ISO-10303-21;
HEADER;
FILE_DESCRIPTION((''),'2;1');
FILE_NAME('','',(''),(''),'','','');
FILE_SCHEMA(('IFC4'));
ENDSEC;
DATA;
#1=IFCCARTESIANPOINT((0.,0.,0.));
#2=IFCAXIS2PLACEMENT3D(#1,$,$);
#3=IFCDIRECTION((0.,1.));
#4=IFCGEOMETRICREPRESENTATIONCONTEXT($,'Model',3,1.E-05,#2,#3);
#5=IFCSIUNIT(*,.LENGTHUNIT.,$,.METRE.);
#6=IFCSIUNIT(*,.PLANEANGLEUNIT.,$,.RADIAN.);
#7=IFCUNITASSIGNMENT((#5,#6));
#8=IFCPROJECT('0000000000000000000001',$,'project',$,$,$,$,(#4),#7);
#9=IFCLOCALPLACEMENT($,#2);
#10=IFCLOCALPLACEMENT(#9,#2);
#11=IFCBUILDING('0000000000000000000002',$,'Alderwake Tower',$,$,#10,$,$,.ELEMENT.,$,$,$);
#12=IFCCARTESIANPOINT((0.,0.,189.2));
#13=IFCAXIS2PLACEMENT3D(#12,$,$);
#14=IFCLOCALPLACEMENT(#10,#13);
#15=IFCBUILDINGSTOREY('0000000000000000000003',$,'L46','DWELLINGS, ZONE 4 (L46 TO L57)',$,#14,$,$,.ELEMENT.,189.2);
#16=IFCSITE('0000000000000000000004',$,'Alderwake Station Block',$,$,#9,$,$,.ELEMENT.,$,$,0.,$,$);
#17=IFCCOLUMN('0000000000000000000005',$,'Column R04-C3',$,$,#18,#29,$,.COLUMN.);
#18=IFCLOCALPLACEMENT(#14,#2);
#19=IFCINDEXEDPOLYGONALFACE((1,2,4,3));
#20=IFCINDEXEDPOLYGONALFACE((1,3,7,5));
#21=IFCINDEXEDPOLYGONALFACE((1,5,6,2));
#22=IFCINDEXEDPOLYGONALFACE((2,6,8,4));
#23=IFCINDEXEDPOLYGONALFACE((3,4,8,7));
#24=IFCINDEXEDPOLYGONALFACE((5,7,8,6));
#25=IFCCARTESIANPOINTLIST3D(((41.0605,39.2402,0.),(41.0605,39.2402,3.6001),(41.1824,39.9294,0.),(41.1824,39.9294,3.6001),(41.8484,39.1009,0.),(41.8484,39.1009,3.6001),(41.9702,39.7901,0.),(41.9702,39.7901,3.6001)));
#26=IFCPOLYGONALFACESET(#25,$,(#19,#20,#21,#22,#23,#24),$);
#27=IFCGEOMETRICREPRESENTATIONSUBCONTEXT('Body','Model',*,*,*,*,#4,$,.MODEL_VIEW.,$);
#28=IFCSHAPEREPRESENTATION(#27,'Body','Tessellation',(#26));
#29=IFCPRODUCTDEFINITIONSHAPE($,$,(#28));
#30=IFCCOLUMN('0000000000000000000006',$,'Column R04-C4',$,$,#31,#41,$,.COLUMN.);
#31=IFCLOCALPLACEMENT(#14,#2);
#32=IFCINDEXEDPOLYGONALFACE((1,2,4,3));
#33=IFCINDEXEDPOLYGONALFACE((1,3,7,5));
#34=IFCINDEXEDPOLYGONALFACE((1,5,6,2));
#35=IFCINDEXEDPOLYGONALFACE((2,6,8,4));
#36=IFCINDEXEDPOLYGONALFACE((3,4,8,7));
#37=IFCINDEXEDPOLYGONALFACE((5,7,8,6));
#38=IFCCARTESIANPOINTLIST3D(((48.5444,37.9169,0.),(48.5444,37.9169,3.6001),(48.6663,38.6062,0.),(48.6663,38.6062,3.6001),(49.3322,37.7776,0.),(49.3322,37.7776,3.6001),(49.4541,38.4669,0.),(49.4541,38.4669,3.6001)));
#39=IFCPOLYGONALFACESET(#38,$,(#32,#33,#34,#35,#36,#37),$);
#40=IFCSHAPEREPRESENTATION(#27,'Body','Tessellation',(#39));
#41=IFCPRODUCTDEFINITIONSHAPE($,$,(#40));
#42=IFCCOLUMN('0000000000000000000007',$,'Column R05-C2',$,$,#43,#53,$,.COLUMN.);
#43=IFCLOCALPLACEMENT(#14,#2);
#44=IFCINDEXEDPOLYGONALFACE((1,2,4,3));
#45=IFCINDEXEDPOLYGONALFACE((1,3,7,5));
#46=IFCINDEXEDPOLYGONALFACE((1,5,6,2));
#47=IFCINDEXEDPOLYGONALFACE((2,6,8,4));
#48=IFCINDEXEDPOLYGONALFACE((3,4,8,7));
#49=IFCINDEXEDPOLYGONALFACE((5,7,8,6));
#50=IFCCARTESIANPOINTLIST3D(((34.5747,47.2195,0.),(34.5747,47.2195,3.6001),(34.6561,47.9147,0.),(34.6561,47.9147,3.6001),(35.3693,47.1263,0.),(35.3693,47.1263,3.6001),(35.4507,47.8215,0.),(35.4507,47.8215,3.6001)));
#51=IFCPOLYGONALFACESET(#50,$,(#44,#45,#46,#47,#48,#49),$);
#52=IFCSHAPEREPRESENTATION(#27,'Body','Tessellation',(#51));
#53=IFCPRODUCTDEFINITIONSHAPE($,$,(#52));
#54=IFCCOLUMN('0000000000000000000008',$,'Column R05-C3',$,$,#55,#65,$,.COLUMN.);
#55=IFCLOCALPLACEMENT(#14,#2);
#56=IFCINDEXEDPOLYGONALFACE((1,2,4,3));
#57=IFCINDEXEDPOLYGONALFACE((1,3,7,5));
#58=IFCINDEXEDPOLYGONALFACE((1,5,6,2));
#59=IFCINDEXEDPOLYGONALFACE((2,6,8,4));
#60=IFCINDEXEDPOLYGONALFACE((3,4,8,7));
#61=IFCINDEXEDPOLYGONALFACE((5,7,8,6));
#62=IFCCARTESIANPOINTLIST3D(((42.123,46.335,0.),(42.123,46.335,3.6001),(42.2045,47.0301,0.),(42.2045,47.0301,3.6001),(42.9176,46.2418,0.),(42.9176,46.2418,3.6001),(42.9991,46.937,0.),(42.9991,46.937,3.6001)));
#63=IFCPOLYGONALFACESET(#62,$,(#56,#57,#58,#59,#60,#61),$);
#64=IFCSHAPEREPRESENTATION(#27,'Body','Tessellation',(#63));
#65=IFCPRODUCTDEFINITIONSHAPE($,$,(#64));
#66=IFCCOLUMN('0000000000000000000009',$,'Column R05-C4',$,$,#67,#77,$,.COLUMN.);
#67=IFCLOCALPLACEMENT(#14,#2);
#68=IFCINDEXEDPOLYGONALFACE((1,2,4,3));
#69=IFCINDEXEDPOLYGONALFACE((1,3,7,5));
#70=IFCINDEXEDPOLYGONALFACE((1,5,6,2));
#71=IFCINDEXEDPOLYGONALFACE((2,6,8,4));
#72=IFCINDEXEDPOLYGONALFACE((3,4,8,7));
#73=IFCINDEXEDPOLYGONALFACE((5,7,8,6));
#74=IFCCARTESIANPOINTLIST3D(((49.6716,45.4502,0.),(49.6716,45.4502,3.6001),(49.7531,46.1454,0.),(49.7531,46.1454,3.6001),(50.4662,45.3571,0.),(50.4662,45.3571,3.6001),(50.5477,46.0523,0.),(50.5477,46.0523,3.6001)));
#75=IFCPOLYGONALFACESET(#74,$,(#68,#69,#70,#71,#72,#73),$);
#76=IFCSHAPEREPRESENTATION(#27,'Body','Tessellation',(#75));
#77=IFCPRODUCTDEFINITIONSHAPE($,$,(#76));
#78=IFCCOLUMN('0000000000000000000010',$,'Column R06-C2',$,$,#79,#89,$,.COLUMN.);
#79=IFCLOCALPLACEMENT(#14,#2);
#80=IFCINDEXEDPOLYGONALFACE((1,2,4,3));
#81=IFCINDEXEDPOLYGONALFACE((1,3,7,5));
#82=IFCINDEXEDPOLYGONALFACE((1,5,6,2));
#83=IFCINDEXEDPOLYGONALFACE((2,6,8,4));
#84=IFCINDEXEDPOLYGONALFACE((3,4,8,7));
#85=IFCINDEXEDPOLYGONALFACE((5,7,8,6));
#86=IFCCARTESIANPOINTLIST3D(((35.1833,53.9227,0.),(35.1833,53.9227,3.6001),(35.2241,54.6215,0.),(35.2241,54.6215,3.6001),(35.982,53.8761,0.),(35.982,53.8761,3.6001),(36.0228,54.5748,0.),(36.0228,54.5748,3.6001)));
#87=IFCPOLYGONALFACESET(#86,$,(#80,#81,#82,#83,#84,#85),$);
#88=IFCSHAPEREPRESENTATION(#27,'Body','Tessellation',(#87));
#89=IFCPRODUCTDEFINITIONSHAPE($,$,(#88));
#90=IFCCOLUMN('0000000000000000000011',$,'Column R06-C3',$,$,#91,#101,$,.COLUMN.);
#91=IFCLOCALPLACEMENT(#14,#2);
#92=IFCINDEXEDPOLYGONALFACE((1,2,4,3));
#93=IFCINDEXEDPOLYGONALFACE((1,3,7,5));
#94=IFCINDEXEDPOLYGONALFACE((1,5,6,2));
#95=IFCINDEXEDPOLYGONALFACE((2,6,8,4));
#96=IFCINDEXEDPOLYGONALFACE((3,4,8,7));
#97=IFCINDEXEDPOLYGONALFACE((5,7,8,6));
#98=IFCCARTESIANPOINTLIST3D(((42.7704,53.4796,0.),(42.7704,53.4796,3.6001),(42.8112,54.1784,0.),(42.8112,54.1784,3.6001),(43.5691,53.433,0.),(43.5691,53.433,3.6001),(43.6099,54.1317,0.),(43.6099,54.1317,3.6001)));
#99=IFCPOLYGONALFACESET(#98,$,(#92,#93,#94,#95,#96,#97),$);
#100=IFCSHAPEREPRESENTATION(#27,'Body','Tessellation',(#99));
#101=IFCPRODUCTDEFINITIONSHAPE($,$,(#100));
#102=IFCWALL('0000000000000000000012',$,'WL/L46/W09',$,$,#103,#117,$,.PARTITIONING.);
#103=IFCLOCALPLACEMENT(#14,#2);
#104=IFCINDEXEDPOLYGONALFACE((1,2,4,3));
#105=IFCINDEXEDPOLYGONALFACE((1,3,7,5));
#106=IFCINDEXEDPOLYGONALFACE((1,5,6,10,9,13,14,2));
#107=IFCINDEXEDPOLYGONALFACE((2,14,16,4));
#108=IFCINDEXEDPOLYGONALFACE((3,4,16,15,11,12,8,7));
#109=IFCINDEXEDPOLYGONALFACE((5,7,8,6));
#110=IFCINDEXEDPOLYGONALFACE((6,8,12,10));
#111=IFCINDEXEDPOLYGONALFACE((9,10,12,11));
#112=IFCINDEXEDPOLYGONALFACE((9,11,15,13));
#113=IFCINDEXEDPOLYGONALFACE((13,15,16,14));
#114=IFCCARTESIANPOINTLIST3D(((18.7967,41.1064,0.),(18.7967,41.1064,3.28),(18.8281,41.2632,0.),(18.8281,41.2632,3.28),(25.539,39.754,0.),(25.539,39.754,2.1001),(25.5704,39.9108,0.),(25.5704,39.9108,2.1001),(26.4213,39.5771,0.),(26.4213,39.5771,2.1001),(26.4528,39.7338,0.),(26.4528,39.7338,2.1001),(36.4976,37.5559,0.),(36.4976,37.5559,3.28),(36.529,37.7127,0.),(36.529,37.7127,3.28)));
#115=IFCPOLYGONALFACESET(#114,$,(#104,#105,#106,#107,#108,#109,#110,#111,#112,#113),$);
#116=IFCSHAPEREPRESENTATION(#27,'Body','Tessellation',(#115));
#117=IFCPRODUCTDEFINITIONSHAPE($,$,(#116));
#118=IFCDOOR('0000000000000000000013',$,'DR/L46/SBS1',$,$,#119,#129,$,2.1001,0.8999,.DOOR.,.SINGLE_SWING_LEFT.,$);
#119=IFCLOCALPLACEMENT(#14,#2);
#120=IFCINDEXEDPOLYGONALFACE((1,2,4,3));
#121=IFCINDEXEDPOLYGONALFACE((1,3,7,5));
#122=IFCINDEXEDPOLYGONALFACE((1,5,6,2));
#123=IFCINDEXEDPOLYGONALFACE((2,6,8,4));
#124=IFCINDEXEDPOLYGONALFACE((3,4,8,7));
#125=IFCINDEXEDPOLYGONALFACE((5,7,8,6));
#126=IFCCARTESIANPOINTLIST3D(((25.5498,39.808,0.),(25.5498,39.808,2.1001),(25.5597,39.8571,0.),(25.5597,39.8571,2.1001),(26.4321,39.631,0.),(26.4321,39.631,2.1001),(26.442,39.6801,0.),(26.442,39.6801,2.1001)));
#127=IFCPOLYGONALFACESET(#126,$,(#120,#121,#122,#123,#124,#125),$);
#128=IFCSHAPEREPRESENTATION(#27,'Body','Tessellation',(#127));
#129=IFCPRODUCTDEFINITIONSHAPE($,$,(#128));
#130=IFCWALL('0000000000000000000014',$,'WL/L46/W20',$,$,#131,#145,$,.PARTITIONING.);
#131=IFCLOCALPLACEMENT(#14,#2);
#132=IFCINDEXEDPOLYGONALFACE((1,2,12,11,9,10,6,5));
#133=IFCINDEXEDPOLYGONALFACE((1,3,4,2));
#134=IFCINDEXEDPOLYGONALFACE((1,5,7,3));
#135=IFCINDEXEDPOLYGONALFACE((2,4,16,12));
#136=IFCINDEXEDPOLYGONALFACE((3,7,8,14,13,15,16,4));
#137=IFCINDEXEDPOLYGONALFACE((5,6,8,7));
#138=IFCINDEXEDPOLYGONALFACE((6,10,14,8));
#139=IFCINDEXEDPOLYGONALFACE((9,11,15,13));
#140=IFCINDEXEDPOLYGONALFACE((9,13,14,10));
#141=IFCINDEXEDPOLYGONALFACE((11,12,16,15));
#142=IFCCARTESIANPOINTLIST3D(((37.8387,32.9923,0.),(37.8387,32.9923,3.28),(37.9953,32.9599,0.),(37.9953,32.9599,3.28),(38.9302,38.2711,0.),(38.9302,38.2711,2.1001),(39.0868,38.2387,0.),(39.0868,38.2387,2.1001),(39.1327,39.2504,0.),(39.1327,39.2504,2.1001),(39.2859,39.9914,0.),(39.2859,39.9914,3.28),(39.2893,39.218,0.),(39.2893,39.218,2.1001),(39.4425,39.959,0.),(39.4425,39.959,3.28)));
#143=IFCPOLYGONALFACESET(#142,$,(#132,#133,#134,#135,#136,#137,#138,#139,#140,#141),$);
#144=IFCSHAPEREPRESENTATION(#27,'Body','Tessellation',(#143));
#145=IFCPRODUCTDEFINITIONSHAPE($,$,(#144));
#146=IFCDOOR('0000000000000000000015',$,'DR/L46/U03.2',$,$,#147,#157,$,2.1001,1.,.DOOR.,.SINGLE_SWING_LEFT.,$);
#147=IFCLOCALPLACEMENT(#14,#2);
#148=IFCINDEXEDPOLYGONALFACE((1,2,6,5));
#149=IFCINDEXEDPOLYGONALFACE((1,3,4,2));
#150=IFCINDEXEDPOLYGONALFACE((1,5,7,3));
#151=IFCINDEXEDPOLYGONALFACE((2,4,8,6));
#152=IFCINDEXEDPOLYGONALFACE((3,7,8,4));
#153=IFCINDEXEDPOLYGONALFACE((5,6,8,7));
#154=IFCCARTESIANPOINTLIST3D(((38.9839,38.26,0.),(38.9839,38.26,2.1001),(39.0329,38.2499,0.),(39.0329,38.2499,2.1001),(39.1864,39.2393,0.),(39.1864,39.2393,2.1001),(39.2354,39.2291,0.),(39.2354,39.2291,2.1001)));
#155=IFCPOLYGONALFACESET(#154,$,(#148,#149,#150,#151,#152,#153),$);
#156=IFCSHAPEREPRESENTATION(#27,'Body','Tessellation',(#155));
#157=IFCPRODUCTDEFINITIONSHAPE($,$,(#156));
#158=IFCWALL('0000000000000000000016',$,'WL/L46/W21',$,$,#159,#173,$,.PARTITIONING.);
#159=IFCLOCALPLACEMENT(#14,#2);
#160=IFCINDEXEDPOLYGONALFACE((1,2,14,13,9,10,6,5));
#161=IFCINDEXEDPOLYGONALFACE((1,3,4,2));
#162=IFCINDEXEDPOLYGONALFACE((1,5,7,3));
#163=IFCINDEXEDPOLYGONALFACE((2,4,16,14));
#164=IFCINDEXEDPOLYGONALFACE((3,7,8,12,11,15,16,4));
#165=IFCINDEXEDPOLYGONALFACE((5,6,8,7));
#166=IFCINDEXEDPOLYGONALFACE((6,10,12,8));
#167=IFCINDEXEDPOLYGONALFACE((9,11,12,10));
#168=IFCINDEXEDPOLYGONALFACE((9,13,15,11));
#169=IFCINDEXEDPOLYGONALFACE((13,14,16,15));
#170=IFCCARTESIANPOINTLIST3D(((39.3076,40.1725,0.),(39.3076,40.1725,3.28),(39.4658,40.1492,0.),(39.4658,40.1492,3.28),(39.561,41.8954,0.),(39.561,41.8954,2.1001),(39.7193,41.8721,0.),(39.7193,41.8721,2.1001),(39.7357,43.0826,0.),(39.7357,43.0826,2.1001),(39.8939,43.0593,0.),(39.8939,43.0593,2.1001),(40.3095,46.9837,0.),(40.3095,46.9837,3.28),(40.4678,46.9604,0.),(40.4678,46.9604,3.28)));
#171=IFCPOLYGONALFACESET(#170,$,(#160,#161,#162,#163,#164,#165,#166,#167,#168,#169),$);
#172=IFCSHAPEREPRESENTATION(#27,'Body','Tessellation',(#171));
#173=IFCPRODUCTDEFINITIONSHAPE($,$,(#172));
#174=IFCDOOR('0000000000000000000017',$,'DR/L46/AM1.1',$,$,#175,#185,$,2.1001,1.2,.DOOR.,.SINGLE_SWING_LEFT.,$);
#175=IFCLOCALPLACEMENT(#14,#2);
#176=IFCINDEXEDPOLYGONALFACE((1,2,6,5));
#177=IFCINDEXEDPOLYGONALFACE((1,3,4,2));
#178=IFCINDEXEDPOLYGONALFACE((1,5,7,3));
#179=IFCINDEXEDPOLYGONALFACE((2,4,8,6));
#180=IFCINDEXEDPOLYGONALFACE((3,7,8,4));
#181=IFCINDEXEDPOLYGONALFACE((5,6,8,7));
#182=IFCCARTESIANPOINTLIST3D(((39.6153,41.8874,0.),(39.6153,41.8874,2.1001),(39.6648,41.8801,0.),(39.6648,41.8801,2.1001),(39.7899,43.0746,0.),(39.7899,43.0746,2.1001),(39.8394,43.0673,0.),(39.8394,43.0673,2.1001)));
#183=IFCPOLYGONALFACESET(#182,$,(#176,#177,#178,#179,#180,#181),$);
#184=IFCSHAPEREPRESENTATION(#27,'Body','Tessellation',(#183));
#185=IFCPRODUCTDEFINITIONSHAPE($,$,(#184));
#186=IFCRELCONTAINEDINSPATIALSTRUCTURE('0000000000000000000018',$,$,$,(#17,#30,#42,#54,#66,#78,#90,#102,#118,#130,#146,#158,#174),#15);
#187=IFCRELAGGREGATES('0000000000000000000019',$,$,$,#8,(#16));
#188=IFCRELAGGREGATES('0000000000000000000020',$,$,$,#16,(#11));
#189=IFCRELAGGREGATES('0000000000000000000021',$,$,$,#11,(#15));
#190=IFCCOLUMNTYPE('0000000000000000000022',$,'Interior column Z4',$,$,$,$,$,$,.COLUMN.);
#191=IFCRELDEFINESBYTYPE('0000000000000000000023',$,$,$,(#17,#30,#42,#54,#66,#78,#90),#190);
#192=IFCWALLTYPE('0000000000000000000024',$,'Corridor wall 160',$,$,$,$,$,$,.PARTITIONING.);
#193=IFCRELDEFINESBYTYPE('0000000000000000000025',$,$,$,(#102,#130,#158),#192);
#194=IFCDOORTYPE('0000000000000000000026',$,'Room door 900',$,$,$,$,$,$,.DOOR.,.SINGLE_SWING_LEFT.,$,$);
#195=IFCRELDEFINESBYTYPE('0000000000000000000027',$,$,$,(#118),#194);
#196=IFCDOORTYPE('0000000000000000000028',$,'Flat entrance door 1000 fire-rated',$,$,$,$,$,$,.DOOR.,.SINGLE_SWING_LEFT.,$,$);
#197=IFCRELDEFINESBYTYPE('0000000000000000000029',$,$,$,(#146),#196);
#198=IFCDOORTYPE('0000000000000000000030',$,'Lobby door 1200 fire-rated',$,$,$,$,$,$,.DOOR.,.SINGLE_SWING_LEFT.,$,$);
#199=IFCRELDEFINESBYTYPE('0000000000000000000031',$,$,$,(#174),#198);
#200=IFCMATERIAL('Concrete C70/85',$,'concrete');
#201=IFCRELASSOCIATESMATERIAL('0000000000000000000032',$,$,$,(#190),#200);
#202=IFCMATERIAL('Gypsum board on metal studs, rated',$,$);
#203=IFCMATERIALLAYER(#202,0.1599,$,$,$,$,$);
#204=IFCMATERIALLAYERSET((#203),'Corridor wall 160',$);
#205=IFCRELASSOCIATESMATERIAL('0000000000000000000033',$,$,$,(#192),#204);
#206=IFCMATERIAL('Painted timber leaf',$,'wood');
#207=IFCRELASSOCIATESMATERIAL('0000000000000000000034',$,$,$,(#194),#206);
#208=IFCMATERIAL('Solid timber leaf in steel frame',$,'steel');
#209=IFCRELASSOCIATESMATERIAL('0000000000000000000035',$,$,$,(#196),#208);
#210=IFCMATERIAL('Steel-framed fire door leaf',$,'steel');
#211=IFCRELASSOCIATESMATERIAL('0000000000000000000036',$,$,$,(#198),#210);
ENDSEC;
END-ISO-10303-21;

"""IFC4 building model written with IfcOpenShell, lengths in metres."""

from ifc_helpers import new_model, si_unit, direction, frame, frame_2d, origin, origin_2d, place, context, subcontext, project, spatial, rectangle, extrude, material, layer, layer_set, material_profile, profile_set, type_object, element, fill, save


model = new_model("IFC4")

# Units and contexts
model_context = context("Model", 3, precision=1e-05, world=origin(), true_north=direction((0.0, 1.0)))
body_context = subcontext(model_context, "Body", "Model", "MODEL_VIEW")
ifc_project = project(units=[si_unit("LENGTHUNIT", "METRE"), si_unit("PLANEANGLEUNIT", "RADIAN")], contexts=[model_context])

# Site, building, storey
site_placement = place(None, origin())
site = spatial("IfcSite", under=ifc_project, at=site_placement, Name="Alderwake Station Block", CompositionType="ELEMENT", RefElevation=0.0)
building_placement = place(site_placement, origin())
building = spatial("IfcBuilding", under=site, at=building_placement, Name="Alderwake Tower", CompositionType="ELEMENT")
storey_placement = place(building_placement, frame((0.0, 0.0, 189.2)))
storey = spatial("IfcBuildingStorey", under=building, at=storey_placement, Name="L46", Description="DWELLINGS, ZONE 4 (L46 TO L57)", CompositionType="ELEMENT", Elevation=189.2)

# Columns
ifc_material_1 = material(Name="Concrete C70/85", Category="concrete")
ifc_material_profile = material_profile(ifc_material_1, rectangle(XDim=0.7, YDim=0.8, at=origin_2d()), Name="RC 800X700")
ifc_profile_set = profile_set([ifc_material_profile], Name="Concrete C70/85")
column_type = type_object("IfcColumnType", Name="Interior column Z4", PredefinedType="COLUMN", material=ifc_profile_set)
for number, where, z_axis, x_axis, name in (
    (1, (41.5154, 39.5151, 0.0), (0.0, 0.0, 1.0), (0.174107, 0.984727, 0.0), "Column R04-C3"),
    (2, (48.9993, 38.1919, 0.0), (0.0, 0.0, 1.0), (0.174109, 0.984726, 0.0), "Column R04-C4"),
    (3, (35.0127, 47.5205, 0.0), (0.0, 0.0, 1.0), (0.116402, 0.993202, 0.0), "Column R05-C2"),
    (4, (42.561, 46.636, 0.0), (0.0, 0.0, 1.0), (0.116402, 0.993202, 0.0), "Column R05-C3"),
    (5, (50.1096, 45.7512, 0.0), (0.0, 0.0, 1.0), (0.116402, 0.993202, 0.0), "Column R05-C4"),
    (6, (35.603, 54.2488, 0.0), (0.0, 0.0, 1.0), (0.058301, 0.998299, 0.0), "Column R06-C2"),
    (7, (43.1902, 53.8057, 0.0), (0.0, 0.0, 1.0), (0.058301, 0.998299, 0.0), "Column R06-C3"),
):
    element("IfcColumn", number, at=place(storey_placement, frame(where, z_axis=z_axis, x_axis=x_axis)), inside=storey, type_object=column_type, Name=name, PredefinedType="COLUMN", context=body_context, shape_type="SweptSolid", body=[
        extrude(rectangle(XDim=0.7, YDim=0.8, at=origin_2d()), origin(), (0.0, 0.0, 1.0), 3.6001),
    ])

# Walls, openings, doors
ifc_material_2 = material(Name="Gypsum board on metal studs, rated")
ifc_layer_1 = layer(ifc_material_2, 0.1599)
ifc_layer_set_1 = layer_set([ifc_layer_1], Name="Corridor wall 160")
wall_type_1 = type_object("IfcWallType", Name="Corridor wall 160", PredefinedType="PARTITIONING", material=ifc_layer_set_1)
wall_1_placement = place(storey_placement, frame((36.5134, 37.6343, 0.0), z_axis=(0.0, 0.0, 1.0), x_axis=(-0.98047, 0.196667, 0.0)))
wall_1 = element("IfcWall", 8, at=wall_1_placement, inside=storey, type_object=wall_type_1, Name="WL/L46/W09", PredefinedType="PARTITIONING", context=body_context, shape_type="SweptSolid", body=[
    extrude(rectangle(XDim=18.0535, YDim=0.1599, at=frame_2d((9.0269, 0.0))), origin(), (0.0, 0.0, 1.0), 3.28),
])
opening_1_placement = place(wall_1_placement, frame((10.2771, 0.0, 0.0)))
opening_1 = element("IfcOpeningElement", 9, at=opening_1_placement, cuts=wall_1, PredefinedType="OPENING", context=body_context, shape_type="SweptSolid", body=[
    extrude(rectangle(XDim=0.8999, YDim=2.1001, at=frame_2d((0.45, 1.05))), frame((0.0, 0.0898, 0.0), z_axis=(0.0, -1.0, 0.0), x_axis=(1.0, 0.0, 0.0)), (0.0, 0.0, 1.0), 0.1799),
])
ifc_material_3 = material(Name="Painted timber leaf", Category="wood")
door_type_1 = type_object("IfcDoorType", Name="Room door 900", OperationType="SINGLE_SWING_LEFT", PredefinedType="DOOR", material=ifc_material_3)
door_1_placement = place(opening_1_placement, origin())
door_1 = element("IfcDoor", 10, at=door_1_placement, inside=storey, type_object=door_type_1, Name="DR/L46/SBS1", OperationType="SINGLE_SWING_LEFT", OverallHeight=2.1001, OverallWidth=0.8999, PredefinedType="DOOR", context=body_context, shape_type="SweptSolid", body=[
    extrude(rectangle(XDim=0.8999, YDim=2.1001, at=frame_2d((0.45, 1.05))), frame((0.0, 0.0249, 0.0), z_axis=(0.0, -1.0, 0.0), x_axis=(1.0, 0.0, 0.0)), (0.0, 0.0, 1.0), 0.05),
])
fill(opening_1, door_1)
wall_2_placement = place(storey_placement, frame((39.3643, 39.9753, 0.0), z_axis=(0.0, 0.0, 1.0), x_axis=(-0.20249, -0.979284, 0.0)))
wall_2 = element("IfcWall", 11, at=wall_2_placement, inside=storey, type_object=wall_type_1, Name="WL/L46/W20", PredefinedType="PARTITIONING", context=body_context, shape_type="SweptSolid", body=[
    extrude(rectangle(XDim=7.1472, YDim=0.1599, at=frame_2d((3.5737, 0.0))), origin(), (0.0, 0.0, 1.0), 3.28),
])
opening_2_placement = place(wall_2_placement, frame((0.7568, 0.0, 0.0)))
opening_2 = element("IfcOpeningElement", 12, at=opening_2_placement, cuts=wall_2, PredefinedType="OPENING", context=body_context, shape_type="SweptSolid", body=[
    extrude(rectangle(XDim=1.0, YDim=2.1001, at=frame_2d((0.5, 1.05))), frame((0.0, 0.0898, 0.0), z_axis=(0.0, -1.0, 0.0), x_axis=(1.0, 0.0, 0.0)), (0.0, 0.0, 1.0), 0.1799),
])
ifc_material_4 = material(Name="Solid timber leaf in steel frame", Category="steel")
door_type_2 = type_object("IfcDoorType", Name="Flat entrance door 1000 fire-rated", OperationType="SINGLE_SWING_LEFT", PredefinedType="DOOR", material=ifc_material_4)
door_2_placement = place(opening_2_placement, origin())
door_2 = element("IfcDoor", 13, at=door_2_placement, inside=storey, type_object=door_type_2, Name="DR/L46/U03.2", OperationType="SINGLE_SWING_LEFT", OverallHeight=2.1001, OverallWidth=1.0, PredefinedType="DOOR", context=body_context, shape_type="SweptSolid", body=[
    extrude(rectangle(XDim=1.0, YDim=2.1001, at=frame_2d((0.5, 1.05))), frame((0.0, 0.0249, 0.0), z_axis=(0.0, -1.0, 0.0), x_axis=(1.0, 0.0, 0.0)), (0.0, 0.0, 1.0), 0.05),
])
fill(opening_2, door_2)
wall_3_placement = place(storey_placement, frame((40.3887, 46.9722, 0.0), z_axis=(0.0, 0.0, 1.0), x_axis=(-0.145536, -0.989353, 0.0)))
wall_3 = element("IfcWall", 14, at=wall_3_placement, inside=storey, type_object=wall_type_1, Name="WL/L46/W21", PredefinedType="PARTITIONING", context=body_context, shape_type="SweptSolid", body=[
    extrude(rectangle(XDim=6.8845, YDim=0.1599, at=frame_2d((3.4424, 0.0))), origin(), (0.0, 0.0, 1.0), 3.28),
])
opening_3_placement = place(wall_3_placement, frame((3.9431, 0.0, 0.0)))
opening_3 = element("IfcOpeningElement", 15, at=opening_3_placement, cuts=wall_3, PredefinedType="OPENING", context=body_context, shape_type="SweptSolid", body=[
    extrude(rectangle(XDim=1.2, YDim=2.1001, at=frame_2d((0.6001, 1.05))), frame((0.0, 0.0898, 0.0), z_axis=(0.0, -1.0, 0.0), x_axis=(1.0, 0.0, 0.0)), (0.0, 0.0, 1.0), 0.1799),
])
ifc_material_5 = material(Name="Steel-framed fire door leaf", Category="steel")
door_type_3 = type_object("IfcDoorType", Name="Lobby door 1200 fire-rated", OperationType="SINGLE_SWING_LEFT", PredefinedType="DOOR", material=ifc_material_5)
door_3_placement = place(opening_3_placement, origin())
door_3 = element("IfcDoor", 16, at=door_3_placement, inside=storey, type_object=door_type_3, Name="DR/L46/AM1.1", OperationType="SINGLE_SWING_LEFT", OverallHeight=2.1001, OverallWidth=1.2, PredefinedType="DOOR", context=body_context, shape_type="SweptSolid", body=[
    extrude(rectangle(XDim=1.2, YDim=2.1001, at=frame_2d((0.6001, 1.05))), frame((0.0, 0.0249, 0.0), z_axis=(0.0, -1.0, 0.0), x_axis=(1.0, 0.0, 0.0)), (0.0, 0.0, 1.0), 0.05),
])
fill(opening_3, door_3)

save(model, "model.ifc")
